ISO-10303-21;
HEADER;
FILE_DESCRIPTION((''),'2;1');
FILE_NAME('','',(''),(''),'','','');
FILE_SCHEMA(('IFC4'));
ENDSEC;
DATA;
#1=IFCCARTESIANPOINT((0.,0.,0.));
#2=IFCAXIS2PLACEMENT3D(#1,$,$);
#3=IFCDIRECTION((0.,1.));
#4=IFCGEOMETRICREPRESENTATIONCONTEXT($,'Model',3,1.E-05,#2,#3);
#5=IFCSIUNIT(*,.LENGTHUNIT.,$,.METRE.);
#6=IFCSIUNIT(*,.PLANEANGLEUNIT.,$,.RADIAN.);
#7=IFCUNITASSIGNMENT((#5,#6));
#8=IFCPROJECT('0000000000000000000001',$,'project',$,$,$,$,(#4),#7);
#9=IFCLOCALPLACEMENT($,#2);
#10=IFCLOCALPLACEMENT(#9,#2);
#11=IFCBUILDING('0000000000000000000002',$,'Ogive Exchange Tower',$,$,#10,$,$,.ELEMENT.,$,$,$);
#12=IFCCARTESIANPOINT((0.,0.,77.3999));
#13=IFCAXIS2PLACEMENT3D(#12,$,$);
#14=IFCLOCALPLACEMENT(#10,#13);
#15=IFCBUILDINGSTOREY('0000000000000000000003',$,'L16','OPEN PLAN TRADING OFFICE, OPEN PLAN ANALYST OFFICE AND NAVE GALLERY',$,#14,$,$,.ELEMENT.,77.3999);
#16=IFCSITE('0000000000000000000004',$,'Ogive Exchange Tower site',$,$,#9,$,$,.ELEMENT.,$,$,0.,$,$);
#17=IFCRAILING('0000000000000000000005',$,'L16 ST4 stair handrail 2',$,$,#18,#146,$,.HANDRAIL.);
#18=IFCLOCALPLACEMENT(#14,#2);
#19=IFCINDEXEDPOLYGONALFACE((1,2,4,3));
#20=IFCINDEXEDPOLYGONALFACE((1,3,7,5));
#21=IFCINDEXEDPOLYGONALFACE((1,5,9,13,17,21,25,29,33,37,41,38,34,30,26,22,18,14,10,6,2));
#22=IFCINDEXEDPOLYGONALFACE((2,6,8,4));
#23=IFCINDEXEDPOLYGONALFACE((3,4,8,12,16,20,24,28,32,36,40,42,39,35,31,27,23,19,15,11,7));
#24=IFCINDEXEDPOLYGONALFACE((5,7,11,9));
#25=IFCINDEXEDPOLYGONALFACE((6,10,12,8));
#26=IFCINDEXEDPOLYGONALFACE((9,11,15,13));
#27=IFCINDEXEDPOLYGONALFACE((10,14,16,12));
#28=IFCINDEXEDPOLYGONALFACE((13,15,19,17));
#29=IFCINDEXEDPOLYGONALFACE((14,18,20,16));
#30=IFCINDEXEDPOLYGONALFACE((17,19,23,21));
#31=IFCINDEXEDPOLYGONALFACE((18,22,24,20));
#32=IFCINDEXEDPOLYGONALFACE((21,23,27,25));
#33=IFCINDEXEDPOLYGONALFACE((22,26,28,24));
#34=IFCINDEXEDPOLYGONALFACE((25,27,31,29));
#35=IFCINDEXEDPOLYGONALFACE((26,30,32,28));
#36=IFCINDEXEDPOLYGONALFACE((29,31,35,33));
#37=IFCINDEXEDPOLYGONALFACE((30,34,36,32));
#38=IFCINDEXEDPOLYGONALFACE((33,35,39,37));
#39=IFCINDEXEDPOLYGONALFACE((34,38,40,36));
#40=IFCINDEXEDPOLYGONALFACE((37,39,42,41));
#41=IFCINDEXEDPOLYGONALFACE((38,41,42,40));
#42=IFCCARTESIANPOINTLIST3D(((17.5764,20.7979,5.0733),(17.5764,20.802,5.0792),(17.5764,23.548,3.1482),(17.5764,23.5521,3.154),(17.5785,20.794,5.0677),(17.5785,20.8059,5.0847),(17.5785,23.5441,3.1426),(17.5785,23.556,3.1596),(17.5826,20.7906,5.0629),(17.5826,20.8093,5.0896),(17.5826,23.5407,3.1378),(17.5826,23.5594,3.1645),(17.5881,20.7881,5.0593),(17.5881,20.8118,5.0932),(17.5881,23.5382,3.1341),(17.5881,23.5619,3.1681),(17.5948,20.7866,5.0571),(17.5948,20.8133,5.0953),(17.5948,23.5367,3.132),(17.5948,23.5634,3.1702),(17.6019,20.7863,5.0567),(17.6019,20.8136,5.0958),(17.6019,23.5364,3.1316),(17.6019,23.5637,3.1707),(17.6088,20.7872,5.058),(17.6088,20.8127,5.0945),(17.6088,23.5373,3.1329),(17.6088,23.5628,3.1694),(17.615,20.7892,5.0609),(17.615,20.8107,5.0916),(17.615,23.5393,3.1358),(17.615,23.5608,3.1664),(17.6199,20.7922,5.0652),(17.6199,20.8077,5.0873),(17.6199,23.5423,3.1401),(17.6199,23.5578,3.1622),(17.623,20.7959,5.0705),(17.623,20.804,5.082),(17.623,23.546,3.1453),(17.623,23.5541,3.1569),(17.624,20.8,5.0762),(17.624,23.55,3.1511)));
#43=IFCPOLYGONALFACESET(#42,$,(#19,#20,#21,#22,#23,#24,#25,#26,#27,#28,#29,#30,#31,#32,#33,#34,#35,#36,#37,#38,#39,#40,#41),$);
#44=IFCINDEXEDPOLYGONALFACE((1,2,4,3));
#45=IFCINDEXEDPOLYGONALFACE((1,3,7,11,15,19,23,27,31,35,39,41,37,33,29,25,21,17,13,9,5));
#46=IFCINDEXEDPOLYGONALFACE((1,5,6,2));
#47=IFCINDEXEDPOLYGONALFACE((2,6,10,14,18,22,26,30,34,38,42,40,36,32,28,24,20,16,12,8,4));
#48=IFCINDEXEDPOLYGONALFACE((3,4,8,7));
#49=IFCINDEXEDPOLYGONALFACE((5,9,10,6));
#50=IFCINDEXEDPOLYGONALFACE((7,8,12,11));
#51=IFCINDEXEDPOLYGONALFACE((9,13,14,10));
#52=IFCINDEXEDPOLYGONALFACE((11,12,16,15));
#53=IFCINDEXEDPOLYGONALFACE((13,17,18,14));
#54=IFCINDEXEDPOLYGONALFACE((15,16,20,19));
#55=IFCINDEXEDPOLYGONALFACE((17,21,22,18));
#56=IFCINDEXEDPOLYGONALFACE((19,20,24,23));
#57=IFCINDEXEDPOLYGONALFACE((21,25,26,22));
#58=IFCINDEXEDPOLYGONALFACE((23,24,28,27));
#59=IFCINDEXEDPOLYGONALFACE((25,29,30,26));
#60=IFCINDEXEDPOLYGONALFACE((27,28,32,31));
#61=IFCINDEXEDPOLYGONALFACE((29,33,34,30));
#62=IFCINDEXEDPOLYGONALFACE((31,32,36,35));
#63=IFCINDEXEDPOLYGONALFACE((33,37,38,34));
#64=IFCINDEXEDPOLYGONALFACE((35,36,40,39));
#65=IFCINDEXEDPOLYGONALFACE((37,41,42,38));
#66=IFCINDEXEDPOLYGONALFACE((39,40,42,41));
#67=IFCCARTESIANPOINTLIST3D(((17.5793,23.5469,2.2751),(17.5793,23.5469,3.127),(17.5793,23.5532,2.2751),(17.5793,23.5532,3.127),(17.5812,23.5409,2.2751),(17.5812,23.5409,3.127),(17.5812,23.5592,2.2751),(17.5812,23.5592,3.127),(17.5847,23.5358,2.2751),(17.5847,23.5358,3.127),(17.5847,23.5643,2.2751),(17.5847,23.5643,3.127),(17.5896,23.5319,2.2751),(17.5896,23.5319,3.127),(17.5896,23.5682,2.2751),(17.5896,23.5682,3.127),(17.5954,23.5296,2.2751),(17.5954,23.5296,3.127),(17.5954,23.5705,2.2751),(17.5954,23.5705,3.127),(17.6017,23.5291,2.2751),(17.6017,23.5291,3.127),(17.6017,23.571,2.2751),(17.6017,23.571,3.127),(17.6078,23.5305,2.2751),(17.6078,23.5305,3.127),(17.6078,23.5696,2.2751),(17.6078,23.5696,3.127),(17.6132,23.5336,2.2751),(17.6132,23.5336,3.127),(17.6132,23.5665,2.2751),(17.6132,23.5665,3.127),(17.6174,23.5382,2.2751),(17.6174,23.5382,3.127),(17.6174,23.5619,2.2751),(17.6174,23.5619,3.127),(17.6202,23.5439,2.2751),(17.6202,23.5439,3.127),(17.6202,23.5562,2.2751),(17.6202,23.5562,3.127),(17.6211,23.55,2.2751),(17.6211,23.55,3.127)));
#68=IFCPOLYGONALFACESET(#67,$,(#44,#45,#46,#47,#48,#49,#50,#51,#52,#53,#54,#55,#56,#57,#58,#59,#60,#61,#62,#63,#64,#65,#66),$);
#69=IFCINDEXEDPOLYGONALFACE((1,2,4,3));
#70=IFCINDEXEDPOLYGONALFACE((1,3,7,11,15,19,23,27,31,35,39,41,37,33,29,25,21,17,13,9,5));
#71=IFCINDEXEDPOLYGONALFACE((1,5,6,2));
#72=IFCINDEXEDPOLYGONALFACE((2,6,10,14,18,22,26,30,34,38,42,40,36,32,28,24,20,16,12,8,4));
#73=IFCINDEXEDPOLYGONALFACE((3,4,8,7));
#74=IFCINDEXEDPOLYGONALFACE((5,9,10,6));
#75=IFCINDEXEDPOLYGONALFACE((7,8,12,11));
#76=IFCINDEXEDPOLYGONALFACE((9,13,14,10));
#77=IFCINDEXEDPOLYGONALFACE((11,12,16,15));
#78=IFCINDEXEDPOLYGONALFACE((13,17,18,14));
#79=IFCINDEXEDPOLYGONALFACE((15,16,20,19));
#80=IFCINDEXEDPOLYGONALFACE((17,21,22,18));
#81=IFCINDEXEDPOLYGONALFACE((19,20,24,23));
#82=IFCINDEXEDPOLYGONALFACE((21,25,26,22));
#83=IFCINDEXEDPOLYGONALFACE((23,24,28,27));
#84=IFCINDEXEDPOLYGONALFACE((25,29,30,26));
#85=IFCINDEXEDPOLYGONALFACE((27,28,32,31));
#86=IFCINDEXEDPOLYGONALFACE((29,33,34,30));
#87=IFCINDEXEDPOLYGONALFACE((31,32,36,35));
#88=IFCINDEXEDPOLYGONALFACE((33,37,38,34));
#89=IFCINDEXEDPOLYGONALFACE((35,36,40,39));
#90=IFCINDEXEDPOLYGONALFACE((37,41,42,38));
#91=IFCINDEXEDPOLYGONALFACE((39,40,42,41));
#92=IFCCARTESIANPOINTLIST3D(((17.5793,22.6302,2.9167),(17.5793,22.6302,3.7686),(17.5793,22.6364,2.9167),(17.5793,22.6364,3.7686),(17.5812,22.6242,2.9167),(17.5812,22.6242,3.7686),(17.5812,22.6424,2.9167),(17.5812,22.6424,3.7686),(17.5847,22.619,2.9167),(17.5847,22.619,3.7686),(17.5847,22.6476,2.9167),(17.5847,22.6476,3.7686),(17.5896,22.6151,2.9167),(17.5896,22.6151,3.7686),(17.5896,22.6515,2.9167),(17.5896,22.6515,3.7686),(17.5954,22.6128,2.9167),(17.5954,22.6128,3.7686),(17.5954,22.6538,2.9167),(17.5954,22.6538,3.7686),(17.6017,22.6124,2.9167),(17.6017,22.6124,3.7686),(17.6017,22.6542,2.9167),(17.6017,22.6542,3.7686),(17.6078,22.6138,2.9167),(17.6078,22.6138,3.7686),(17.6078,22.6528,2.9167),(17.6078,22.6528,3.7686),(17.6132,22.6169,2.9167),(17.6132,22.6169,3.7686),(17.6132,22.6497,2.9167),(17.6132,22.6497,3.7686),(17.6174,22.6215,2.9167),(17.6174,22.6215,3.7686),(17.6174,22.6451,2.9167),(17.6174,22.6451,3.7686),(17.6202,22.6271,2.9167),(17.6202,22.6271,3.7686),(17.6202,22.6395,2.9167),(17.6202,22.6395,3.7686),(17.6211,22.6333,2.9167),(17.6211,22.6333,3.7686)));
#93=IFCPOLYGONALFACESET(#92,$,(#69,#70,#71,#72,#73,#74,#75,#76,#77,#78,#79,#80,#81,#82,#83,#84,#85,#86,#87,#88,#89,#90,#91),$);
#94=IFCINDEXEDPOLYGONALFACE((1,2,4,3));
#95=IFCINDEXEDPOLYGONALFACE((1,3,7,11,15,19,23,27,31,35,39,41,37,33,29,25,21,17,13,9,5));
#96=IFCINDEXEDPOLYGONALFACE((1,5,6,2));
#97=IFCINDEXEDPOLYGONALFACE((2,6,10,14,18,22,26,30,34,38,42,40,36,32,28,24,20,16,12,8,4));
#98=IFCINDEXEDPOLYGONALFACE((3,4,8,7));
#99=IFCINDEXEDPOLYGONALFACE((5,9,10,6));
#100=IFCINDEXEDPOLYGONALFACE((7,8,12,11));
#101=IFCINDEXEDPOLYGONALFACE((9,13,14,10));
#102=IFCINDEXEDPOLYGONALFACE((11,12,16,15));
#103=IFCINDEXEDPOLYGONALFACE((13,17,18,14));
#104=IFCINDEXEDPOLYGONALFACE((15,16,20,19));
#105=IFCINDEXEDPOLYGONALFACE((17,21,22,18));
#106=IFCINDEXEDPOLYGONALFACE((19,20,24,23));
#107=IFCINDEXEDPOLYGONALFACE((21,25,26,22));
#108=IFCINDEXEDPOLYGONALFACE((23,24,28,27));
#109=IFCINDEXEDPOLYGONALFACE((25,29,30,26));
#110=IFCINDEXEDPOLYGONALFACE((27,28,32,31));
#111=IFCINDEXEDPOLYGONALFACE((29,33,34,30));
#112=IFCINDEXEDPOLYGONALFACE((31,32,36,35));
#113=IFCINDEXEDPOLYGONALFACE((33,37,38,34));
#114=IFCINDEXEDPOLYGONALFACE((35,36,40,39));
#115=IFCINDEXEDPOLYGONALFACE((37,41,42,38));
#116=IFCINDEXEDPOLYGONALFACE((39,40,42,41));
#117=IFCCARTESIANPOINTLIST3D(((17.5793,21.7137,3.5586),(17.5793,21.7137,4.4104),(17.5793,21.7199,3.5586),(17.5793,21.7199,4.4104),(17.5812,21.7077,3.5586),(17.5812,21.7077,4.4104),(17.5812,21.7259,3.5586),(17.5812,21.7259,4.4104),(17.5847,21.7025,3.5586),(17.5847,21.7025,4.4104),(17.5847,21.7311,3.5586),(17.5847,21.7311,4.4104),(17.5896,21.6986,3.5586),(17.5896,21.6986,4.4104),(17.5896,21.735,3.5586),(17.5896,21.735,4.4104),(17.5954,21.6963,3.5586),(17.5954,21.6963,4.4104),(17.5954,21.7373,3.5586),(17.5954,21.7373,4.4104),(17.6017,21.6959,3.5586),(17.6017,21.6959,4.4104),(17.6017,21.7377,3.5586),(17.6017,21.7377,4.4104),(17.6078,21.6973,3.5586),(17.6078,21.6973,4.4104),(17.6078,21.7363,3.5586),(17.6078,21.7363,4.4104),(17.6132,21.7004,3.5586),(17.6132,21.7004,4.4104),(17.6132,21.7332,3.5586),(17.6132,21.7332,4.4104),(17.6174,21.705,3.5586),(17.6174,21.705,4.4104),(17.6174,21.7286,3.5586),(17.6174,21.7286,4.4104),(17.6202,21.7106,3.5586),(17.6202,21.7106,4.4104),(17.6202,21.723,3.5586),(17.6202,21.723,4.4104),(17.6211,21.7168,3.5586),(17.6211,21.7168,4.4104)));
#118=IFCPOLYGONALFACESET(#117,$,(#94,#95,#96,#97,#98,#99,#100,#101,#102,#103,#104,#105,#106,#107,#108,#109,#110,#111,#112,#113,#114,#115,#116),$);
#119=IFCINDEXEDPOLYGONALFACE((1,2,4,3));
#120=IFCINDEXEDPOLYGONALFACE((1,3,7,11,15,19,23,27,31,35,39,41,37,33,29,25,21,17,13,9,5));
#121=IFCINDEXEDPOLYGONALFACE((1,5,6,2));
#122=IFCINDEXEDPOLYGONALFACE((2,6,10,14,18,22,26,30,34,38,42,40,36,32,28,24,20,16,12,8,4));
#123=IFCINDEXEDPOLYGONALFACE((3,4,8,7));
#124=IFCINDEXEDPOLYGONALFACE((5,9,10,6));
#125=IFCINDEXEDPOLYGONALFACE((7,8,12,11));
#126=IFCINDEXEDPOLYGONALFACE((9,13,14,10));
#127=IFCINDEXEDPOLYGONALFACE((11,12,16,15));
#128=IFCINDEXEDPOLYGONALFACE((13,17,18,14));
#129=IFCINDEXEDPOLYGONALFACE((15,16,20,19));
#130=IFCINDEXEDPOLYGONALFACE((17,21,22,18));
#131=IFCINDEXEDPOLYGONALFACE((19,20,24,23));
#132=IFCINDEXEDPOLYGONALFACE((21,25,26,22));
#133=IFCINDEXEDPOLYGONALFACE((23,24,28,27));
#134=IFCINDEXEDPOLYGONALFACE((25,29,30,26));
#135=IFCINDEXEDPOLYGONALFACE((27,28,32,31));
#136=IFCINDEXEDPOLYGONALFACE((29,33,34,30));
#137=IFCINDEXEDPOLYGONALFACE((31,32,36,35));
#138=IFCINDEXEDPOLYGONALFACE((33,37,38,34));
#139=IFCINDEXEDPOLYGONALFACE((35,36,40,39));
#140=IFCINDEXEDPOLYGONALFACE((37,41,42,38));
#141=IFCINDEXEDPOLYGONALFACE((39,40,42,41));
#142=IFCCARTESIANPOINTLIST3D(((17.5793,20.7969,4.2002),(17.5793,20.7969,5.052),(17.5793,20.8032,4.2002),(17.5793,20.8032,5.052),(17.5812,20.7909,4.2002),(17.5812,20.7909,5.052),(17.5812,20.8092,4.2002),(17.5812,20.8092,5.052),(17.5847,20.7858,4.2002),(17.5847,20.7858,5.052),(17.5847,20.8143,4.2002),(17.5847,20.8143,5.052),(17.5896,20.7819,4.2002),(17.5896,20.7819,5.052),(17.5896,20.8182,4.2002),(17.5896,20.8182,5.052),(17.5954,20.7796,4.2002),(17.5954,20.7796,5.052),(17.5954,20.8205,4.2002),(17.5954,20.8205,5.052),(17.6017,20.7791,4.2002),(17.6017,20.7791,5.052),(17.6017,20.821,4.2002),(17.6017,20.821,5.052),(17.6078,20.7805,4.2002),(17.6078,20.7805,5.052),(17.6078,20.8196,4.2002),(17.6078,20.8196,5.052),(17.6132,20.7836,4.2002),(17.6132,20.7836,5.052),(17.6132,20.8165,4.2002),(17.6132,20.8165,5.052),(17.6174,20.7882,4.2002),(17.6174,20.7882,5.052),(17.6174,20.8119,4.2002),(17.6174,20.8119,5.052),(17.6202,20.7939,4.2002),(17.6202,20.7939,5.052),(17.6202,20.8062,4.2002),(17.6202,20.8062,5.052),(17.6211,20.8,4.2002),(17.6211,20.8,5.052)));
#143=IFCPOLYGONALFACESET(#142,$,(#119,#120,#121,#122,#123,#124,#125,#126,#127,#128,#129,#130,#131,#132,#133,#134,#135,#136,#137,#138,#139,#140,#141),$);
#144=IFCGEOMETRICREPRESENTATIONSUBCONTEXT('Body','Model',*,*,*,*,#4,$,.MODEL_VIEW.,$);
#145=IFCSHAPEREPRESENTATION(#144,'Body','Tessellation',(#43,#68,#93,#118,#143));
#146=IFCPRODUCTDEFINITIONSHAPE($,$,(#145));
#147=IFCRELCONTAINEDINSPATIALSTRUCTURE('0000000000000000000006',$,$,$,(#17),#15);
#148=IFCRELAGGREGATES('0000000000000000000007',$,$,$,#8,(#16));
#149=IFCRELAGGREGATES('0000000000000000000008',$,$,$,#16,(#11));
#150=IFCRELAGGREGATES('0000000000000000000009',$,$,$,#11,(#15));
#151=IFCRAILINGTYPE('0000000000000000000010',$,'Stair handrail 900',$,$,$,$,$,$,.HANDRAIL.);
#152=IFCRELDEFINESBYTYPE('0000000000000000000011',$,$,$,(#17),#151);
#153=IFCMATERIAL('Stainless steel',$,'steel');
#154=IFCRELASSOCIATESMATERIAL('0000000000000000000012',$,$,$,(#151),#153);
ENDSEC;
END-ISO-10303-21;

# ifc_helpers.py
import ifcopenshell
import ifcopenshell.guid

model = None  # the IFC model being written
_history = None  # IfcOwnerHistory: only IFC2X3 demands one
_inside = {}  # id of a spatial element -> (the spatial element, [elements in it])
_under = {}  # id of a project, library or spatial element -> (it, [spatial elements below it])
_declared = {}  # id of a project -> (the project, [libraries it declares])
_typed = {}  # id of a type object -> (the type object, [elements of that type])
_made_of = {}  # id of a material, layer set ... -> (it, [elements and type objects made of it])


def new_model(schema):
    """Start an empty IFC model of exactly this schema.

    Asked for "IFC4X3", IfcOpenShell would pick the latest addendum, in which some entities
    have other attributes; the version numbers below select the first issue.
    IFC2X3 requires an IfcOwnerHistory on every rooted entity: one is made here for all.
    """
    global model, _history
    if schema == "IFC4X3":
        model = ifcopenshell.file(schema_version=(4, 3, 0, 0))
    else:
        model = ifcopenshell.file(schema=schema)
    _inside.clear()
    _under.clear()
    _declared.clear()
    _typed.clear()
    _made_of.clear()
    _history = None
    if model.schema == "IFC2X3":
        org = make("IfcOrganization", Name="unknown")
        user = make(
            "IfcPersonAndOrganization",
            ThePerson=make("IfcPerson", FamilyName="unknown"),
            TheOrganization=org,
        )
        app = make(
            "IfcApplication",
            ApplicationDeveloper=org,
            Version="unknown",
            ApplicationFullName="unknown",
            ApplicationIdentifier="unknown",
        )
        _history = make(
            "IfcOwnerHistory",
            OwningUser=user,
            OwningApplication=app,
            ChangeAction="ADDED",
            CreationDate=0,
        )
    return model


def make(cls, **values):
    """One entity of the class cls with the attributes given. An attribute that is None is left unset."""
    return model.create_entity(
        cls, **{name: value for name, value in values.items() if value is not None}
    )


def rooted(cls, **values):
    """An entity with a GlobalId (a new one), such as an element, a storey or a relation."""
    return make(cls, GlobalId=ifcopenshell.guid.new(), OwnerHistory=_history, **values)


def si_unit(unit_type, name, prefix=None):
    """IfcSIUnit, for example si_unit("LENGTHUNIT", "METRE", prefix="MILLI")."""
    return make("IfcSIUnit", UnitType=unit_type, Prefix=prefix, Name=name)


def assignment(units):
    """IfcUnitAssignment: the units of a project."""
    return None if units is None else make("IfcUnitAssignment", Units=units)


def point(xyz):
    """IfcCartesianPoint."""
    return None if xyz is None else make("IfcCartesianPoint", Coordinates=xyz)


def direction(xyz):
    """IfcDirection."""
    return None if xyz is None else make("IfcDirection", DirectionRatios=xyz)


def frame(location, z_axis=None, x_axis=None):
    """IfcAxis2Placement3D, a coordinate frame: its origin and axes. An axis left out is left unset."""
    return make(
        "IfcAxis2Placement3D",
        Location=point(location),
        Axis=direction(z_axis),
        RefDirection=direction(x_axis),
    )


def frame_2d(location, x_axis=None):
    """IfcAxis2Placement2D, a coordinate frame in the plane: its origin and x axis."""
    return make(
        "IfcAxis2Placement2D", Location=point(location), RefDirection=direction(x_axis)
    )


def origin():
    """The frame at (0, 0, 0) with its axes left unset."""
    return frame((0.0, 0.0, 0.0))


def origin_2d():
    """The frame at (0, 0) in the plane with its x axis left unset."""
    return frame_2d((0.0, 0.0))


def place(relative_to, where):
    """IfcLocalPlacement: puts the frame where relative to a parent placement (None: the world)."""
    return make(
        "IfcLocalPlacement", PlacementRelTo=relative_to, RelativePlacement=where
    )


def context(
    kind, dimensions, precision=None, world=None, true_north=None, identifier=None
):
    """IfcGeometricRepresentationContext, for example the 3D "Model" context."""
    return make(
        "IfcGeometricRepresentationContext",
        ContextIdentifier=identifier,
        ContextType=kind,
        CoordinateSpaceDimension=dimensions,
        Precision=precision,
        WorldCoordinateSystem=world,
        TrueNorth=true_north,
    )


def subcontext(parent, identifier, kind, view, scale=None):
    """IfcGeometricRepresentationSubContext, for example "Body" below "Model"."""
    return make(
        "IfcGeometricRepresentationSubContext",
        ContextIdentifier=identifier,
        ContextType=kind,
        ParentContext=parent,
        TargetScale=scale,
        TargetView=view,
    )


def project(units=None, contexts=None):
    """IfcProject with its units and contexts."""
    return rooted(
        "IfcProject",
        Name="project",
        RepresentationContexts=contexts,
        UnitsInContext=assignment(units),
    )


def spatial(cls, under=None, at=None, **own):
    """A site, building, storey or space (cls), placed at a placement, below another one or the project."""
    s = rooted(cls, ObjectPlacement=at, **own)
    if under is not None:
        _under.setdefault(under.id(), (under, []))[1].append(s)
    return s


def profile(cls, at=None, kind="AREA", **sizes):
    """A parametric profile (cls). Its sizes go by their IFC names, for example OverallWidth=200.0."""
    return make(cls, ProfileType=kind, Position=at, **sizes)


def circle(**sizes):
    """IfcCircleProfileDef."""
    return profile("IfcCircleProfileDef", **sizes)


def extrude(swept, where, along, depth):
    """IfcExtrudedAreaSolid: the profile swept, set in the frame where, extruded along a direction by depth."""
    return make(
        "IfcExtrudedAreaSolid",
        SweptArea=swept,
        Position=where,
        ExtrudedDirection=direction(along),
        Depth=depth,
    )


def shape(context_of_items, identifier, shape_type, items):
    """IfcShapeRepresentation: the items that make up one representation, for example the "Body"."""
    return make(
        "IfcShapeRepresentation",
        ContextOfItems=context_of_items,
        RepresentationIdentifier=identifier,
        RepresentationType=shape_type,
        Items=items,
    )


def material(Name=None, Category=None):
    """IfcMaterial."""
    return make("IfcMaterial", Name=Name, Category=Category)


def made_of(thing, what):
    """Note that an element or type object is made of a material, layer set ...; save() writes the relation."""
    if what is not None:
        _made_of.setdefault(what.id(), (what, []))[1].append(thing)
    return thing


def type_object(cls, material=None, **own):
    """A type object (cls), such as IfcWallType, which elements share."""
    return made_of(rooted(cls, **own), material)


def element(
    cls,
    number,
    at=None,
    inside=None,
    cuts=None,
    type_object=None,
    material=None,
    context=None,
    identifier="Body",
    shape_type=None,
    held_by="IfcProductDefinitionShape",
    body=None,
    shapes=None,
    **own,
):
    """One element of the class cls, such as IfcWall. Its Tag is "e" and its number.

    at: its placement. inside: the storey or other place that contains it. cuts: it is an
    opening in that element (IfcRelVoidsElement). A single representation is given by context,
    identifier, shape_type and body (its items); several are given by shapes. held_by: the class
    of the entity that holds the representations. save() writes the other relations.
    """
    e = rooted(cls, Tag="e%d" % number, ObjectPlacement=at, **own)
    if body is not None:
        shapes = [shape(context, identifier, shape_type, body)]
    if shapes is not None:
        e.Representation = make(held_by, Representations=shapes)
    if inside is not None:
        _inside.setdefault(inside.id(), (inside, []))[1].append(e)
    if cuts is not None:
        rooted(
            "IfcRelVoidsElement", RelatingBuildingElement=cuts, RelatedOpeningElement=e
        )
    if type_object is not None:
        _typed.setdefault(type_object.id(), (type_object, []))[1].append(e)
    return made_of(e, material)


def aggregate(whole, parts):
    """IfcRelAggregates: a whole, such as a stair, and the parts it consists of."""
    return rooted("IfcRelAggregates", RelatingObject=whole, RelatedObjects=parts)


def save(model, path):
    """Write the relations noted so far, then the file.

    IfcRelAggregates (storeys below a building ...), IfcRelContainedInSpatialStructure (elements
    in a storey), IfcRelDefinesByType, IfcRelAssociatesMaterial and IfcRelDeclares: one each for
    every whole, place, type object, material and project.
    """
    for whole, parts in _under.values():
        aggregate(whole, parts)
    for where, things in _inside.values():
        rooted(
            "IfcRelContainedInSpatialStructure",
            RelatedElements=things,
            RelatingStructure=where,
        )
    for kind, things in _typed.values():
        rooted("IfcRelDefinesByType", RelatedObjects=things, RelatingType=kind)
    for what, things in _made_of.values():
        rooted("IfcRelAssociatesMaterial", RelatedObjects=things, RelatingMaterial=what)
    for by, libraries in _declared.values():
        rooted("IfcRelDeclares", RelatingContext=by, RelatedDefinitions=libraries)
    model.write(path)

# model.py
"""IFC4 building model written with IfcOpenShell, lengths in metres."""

from ifc_helpers import new_model, si_unit, direction, frame, origin, origin_2d, place, context, subcontext, project, spatial, circle, extrude, material, type_object, element, save


model = new_model("IFC4")

# Units and contexts
model_context = context("Model", 3, precision=1e-05, world=origin(), true_north=direction((0.0, 1.0)))
body_context = subcontext(model_context, "Body", "Model", "MODEL_VIEW")
ifc_project = project(units=[si_unit("LENGTHUNIT", "METRE"), si_unit("PLANEANGLEUNIT", "RADIAN")], contexts=[model_context])

# Site, building, storey
site_placement = place(None, origin())
site = spatial("IfcSite", under=ifc_project, at=site_placement, Name="Ogive Exchange Tower site", CompositionType="ELEMENT", RefElevation=0.0)
building_placement = place(site_placement, origin())
building = spatial("IfcBuilding", under=site, at=building_placement, Name="Ogive Exchange Tower", CompositionType="ELEMENT")
storey_placement = place(building_placement, frame((0.0, 0.0, 77.3999)))
storey = spatial("IfcBuildingStorey", under=building, at=storey_placement, Name="L16", Description="OPEN PLAN TRADING OFFICE, OPEN PLAN ANALYST OFFICE AND NAVE GALLERY", CompositionType="ELEMENT", Elevation=77.3999)

# Railing
ifc_material_1 = material(Name="Stainless steel", Category="steel")
railing_type = type_object("IfcRailingType", Name="Stair handrail 900", PredefinedType="HANDRAIL", material=ifc_material_1)
railing_1_placement = place(storey_placement, frame((17.6001, 23.55, 2.2751)))
element("IfcRailing", 1, at=railing_1_placement, inside=storey, type_object=railing_type, Name="L16 ST4 stair handrail 2", PredefinedType="HANDRAIL", context=body_context, shape_type="SweptSolid", body=[
    extrude(circle(Radius=0.0239, at=origin_2d()), frame((0.0, 0.0, 0.876), z_axis=(0.0, -0.819225, 0.573472), x_axis=(1.0, 0.0, 0.0)), (0.0, 0.0, 1.0), 3.3569),
    extrude(circle(Radius=0.021, at=origin_2d()), origin(), (0.0, 0.0, 1.0), 0.8518),
    extrude(circle(Radius=0.021, at=origin_2d()), frame((0.0, -0.9167, 0.6416)), (0.0, 0.0, 1.0), 0.8518),
    extrude(circle(Radius=0.021, at=origin_2d()), frame((0.0, -1.8333, 1.2834)), (0.0, 0.0, 1.0), 0.8518),
    extrude(circle(Radius=0.021, at=origin_2d()), frame((0.0, -2.75, 1.925)), (0.0, 0.0, 1.0), 0.8518),
])

save(model, "model.ifc")
